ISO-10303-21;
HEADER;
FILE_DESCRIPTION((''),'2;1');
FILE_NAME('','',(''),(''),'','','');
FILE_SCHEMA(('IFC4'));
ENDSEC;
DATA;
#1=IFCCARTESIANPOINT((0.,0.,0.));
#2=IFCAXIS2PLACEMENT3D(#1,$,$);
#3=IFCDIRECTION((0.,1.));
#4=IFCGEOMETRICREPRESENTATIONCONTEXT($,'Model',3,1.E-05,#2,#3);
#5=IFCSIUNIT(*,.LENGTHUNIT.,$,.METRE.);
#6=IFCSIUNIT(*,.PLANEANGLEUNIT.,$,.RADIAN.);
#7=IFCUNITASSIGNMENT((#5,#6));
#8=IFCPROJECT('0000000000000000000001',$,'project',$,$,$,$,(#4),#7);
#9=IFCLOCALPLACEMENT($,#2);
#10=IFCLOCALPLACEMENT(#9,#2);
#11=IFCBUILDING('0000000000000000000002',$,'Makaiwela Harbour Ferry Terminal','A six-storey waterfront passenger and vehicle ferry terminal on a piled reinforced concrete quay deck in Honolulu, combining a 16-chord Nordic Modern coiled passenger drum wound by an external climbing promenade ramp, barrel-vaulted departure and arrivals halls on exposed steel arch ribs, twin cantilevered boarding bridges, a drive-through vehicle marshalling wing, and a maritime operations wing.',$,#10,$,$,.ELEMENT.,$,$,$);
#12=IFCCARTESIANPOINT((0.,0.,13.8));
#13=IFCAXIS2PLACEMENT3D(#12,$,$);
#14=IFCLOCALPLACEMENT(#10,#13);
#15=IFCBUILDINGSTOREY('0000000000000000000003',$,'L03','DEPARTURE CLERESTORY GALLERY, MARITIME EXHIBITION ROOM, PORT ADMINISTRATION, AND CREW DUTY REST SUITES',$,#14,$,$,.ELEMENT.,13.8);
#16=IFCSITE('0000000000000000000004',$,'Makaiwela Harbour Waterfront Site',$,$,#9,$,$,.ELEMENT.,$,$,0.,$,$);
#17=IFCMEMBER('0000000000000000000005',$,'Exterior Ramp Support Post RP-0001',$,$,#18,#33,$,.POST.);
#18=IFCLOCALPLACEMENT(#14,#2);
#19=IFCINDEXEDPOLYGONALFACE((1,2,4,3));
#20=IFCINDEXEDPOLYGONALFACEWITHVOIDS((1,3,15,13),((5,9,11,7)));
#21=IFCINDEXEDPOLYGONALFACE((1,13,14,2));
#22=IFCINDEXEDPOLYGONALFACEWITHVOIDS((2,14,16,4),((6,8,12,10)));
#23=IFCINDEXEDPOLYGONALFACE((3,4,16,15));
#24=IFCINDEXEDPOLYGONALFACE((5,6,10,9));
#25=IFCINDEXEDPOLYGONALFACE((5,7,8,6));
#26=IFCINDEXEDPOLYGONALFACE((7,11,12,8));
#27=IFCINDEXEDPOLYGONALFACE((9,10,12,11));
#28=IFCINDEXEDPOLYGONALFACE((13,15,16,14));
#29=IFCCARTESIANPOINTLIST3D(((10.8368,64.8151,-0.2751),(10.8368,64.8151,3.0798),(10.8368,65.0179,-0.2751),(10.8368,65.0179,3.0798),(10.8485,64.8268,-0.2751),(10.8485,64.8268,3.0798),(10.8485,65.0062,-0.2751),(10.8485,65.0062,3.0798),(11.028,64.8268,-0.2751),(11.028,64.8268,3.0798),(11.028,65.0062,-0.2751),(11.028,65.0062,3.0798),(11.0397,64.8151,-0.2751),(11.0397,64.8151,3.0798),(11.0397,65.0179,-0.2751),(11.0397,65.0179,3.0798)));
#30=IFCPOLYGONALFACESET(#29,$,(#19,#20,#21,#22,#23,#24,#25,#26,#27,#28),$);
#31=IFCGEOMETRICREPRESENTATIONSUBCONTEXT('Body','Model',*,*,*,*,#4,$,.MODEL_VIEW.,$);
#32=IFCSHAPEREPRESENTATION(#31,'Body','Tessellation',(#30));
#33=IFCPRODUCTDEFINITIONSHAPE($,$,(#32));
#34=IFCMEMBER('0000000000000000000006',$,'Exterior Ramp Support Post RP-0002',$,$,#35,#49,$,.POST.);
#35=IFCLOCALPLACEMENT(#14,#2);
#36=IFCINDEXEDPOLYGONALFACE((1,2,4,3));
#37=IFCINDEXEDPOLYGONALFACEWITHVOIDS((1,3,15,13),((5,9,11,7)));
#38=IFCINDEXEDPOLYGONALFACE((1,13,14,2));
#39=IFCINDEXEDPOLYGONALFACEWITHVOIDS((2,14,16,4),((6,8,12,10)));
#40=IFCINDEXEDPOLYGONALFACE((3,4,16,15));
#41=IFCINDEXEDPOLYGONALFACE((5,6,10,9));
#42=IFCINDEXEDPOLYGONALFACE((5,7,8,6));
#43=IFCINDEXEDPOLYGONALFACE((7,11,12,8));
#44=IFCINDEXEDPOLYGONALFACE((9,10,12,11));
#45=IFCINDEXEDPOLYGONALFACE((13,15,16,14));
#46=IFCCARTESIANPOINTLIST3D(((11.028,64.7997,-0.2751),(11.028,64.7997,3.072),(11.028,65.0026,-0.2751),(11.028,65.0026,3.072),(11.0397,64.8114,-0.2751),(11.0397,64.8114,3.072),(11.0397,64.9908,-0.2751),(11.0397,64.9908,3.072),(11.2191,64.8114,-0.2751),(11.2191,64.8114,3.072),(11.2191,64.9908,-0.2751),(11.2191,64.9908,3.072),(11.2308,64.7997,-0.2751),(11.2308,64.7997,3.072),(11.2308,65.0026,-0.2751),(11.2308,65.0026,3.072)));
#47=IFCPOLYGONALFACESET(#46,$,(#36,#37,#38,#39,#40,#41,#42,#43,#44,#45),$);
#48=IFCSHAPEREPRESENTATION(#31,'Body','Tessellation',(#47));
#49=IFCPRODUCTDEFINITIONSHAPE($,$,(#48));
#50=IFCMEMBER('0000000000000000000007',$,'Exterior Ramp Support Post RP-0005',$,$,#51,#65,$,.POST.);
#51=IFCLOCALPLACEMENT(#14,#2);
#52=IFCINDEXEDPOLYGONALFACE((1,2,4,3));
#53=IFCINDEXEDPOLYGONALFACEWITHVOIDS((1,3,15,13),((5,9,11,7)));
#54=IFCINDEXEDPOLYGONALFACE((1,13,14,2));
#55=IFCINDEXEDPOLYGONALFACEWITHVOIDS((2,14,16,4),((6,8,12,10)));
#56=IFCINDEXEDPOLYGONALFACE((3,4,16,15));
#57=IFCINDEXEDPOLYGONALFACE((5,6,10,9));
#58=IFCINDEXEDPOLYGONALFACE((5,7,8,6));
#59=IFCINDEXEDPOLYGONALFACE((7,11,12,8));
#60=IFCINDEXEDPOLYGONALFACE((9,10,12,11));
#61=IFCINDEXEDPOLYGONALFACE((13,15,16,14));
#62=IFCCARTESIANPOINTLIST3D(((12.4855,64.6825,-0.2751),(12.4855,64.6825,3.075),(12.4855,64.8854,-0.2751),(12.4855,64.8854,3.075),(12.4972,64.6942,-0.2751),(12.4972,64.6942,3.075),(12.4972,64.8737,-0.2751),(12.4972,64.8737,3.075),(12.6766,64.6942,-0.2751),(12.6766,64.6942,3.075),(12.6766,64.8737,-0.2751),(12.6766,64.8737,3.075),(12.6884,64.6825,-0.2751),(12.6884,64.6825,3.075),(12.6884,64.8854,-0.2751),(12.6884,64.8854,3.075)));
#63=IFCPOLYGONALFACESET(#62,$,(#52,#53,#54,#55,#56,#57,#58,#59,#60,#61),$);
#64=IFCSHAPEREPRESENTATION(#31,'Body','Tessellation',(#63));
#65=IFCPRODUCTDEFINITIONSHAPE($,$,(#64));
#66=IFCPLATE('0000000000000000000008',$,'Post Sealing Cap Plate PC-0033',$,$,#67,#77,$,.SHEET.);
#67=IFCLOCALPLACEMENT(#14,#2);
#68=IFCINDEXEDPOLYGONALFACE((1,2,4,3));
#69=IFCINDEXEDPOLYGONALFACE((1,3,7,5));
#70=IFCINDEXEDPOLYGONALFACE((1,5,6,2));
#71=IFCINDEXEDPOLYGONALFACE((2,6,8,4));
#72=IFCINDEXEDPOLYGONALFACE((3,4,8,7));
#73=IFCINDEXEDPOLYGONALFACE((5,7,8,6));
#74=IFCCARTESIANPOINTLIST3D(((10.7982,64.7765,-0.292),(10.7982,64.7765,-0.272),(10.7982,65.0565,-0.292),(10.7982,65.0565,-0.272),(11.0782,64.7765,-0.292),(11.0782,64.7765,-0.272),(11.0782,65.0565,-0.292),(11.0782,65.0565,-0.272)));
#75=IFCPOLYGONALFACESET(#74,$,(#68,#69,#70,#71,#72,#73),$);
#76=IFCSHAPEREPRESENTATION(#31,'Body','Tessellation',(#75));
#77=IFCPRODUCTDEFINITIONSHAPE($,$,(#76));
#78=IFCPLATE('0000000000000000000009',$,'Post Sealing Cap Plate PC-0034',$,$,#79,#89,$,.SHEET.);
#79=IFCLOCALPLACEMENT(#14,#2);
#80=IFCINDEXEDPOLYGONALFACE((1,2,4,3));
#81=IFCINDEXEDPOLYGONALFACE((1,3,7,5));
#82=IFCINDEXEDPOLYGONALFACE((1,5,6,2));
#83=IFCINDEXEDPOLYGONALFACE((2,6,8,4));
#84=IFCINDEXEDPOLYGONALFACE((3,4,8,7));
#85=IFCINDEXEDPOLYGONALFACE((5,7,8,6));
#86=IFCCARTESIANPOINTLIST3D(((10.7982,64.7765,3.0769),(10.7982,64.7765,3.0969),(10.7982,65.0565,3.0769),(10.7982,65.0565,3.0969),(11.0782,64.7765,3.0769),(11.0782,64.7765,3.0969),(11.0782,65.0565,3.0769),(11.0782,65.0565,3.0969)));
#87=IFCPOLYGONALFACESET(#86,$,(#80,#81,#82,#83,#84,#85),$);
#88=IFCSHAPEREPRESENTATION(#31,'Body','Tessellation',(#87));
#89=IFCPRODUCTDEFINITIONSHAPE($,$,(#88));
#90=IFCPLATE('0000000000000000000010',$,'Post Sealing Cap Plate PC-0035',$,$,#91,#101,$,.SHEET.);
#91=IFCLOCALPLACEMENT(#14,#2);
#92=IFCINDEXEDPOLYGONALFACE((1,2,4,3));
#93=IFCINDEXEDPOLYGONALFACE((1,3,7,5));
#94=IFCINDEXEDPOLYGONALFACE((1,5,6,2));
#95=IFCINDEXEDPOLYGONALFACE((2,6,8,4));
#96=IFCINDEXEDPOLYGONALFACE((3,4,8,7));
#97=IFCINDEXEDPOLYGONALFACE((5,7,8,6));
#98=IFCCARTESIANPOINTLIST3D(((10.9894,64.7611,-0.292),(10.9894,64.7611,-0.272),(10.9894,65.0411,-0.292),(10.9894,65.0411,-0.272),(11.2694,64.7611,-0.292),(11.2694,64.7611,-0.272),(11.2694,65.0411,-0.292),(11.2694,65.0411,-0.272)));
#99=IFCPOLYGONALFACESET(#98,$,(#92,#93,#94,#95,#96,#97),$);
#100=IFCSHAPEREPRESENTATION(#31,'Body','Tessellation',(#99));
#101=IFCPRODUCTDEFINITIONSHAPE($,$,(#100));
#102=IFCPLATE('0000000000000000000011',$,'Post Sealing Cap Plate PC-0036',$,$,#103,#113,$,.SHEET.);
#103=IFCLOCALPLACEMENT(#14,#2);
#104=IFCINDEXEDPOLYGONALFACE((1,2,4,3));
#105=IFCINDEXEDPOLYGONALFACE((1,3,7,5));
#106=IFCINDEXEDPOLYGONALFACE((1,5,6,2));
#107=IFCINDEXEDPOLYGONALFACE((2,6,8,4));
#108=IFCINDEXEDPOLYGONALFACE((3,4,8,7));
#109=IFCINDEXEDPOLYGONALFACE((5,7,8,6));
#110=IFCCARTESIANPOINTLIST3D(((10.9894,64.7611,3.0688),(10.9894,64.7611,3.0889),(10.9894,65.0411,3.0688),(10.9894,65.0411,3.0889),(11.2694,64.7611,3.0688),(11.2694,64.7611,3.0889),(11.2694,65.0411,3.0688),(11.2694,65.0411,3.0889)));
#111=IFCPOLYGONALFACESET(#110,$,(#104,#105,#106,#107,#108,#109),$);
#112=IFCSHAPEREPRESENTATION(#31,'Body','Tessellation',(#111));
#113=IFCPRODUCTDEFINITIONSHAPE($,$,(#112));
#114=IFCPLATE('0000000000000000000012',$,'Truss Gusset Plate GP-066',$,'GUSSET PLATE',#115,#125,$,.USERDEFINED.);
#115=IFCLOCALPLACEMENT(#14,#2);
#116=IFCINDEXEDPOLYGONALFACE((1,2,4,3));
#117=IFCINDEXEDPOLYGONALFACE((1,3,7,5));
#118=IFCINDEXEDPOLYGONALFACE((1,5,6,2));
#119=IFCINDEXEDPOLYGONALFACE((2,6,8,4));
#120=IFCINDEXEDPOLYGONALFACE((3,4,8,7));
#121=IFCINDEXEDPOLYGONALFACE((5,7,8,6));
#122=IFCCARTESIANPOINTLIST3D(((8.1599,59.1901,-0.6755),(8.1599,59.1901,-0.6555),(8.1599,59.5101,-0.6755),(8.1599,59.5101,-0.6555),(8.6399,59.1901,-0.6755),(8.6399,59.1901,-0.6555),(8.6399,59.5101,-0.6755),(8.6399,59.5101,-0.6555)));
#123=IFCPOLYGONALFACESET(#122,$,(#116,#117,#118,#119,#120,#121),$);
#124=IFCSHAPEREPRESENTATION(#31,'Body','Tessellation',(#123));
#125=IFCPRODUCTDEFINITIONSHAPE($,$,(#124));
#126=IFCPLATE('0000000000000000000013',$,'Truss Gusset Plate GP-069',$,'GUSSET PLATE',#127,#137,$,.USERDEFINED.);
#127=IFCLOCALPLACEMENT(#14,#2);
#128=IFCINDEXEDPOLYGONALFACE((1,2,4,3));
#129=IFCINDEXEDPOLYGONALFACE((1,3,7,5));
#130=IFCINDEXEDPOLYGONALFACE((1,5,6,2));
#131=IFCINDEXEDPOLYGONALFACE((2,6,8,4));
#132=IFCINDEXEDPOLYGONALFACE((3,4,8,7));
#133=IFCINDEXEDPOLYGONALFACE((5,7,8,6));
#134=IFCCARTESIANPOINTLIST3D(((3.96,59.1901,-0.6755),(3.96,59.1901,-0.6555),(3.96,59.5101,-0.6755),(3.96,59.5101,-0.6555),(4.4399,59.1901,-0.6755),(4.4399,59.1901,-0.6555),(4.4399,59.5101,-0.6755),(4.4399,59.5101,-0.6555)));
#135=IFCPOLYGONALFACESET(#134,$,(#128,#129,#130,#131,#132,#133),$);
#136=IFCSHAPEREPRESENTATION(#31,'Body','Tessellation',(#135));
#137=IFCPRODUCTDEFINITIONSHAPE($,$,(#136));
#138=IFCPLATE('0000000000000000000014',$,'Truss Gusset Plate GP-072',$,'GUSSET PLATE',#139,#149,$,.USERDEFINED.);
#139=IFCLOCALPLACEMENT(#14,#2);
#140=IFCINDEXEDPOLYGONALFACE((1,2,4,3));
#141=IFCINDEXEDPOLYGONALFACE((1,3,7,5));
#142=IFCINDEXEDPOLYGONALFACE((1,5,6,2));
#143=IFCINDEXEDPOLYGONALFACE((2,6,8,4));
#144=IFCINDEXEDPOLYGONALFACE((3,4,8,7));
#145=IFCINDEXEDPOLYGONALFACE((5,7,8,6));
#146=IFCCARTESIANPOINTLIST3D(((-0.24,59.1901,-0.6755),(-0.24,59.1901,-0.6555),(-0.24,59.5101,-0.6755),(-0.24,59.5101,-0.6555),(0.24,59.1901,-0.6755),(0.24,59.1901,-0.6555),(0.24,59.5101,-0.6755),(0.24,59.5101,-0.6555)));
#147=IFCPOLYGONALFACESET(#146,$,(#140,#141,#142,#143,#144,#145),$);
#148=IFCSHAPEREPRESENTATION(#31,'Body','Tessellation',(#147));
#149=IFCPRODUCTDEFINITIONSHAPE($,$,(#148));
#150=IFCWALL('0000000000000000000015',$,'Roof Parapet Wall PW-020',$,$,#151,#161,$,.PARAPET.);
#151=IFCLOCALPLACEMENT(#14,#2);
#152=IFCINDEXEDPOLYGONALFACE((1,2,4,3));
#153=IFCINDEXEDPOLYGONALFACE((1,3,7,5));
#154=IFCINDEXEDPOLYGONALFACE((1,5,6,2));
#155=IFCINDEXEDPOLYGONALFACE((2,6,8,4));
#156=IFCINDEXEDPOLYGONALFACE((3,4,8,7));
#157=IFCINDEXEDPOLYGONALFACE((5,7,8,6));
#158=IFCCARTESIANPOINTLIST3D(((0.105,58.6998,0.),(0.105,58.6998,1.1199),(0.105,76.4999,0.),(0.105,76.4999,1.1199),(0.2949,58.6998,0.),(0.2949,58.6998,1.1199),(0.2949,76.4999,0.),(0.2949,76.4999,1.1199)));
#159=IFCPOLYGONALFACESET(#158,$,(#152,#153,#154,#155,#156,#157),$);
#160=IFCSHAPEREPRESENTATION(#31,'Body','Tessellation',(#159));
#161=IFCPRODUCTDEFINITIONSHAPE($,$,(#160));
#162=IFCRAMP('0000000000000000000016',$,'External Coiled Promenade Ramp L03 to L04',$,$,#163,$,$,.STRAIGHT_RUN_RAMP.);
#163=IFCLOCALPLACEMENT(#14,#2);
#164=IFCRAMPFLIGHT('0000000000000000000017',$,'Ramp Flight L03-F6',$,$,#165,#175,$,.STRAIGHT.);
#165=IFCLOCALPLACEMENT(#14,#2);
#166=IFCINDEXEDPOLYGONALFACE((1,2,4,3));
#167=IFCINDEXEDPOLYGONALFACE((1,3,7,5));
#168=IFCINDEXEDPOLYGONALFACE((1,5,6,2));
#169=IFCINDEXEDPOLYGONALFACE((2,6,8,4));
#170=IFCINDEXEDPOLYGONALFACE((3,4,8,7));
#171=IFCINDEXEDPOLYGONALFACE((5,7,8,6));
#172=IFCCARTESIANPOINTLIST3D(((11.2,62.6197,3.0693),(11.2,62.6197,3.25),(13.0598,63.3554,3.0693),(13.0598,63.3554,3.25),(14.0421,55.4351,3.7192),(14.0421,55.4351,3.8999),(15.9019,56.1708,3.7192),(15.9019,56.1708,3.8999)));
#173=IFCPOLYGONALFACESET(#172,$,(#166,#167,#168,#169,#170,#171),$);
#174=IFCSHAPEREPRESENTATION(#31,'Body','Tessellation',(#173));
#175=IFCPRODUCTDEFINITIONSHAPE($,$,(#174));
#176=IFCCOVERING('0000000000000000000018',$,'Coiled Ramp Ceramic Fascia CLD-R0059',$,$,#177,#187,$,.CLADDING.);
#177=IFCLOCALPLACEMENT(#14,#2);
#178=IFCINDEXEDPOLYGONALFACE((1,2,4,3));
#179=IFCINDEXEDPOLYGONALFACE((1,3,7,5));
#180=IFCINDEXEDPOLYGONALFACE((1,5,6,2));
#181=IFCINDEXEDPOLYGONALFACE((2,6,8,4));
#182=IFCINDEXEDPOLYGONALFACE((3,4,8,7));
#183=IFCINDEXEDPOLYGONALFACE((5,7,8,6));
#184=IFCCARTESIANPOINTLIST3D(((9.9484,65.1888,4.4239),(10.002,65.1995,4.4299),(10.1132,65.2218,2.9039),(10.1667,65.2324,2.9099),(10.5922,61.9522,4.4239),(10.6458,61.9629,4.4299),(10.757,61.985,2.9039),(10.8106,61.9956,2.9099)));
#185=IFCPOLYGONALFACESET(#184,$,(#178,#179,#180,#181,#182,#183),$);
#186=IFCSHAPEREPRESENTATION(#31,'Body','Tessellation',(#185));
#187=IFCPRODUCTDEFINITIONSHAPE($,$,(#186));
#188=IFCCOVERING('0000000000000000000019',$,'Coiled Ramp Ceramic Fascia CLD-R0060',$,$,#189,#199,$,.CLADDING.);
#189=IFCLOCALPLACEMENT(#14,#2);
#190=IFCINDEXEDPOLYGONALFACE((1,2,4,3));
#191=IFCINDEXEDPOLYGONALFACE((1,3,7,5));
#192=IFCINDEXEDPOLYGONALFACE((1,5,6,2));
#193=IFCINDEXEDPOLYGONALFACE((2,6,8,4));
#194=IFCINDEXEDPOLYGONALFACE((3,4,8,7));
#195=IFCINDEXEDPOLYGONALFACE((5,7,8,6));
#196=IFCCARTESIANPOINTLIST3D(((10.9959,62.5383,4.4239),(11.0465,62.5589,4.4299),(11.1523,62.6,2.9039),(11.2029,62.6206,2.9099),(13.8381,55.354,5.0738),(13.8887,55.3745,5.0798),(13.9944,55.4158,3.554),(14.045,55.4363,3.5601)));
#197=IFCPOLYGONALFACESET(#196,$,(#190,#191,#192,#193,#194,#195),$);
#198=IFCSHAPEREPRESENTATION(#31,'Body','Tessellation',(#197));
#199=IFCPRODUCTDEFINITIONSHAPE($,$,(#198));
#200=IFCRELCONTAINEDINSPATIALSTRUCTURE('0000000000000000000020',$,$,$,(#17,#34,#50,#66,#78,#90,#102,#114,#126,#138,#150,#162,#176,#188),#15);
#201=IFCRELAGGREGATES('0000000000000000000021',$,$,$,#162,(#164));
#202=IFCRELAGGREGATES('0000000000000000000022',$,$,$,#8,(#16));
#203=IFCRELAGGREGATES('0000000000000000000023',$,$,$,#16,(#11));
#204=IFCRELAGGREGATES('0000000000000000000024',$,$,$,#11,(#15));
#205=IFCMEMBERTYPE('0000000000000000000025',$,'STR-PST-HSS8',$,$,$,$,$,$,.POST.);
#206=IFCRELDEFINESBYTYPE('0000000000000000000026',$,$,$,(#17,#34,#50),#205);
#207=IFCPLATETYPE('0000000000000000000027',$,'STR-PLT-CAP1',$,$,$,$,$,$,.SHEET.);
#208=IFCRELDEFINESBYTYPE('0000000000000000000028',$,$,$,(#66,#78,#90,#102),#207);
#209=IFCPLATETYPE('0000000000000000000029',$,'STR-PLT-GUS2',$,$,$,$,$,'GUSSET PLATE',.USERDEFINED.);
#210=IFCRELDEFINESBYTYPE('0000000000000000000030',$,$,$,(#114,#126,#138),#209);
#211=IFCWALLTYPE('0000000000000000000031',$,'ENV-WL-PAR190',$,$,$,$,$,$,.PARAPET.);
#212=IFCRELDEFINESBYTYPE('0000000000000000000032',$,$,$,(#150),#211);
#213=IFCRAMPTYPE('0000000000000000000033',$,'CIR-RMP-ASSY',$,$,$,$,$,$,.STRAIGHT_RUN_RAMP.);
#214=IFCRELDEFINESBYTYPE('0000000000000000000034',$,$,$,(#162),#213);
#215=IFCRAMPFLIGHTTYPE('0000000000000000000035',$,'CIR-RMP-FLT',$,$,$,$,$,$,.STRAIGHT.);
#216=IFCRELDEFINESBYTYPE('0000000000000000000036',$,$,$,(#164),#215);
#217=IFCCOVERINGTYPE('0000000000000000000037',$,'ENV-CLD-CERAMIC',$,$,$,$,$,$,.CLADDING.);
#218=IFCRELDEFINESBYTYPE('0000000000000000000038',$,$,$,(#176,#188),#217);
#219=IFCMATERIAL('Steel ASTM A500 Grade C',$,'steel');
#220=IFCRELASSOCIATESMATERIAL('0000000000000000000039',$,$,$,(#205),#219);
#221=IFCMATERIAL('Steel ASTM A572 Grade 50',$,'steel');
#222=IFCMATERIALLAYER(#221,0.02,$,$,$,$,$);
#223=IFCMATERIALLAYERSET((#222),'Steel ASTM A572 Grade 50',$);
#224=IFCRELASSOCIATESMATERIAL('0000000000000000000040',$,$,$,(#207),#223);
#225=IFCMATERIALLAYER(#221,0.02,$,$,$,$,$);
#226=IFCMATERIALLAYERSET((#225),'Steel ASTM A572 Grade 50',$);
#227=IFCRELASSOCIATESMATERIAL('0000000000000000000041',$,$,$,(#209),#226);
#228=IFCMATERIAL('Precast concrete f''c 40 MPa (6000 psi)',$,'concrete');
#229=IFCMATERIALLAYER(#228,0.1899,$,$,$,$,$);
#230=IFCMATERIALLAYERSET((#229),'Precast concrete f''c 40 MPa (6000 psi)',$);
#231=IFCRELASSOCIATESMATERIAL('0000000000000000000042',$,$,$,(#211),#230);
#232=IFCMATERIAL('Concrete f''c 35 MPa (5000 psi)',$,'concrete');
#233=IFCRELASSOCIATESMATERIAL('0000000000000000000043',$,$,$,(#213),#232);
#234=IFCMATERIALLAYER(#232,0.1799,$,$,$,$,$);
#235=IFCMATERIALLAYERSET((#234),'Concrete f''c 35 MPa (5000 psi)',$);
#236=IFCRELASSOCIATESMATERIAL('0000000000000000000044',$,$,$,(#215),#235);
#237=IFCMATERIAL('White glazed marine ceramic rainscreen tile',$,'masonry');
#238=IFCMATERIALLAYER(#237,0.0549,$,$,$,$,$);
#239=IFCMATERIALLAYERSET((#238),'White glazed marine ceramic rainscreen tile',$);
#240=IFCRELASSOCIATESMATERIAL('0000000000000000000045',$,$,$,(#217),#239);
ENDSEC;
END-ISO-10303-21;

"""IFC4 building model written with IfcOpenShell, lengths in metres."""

from ifc_helpers import new_model, si_unit, direction, frame, frame_2d, origin, origin_2d, place, context, subcontext, project, spatial, polyline, rectangle, hollow_rectangle, outline, extrude, material, layer, layer_set, material_profile, profile_set, type_object, element, aggregate, save


model = new_model("IFC4")

# Units and contexts
model_context = context("Model", 3, precision=1e-05, world=origin(), true_north=direction((0.0, 1.0)))
body_context = subcontext(model_context, "Body", "Model", "MODEL_VIEW")
ifc_project = project(units=[si_unit("LENGTHUNIT", "METRE"), si_unit("PLANEANGLEUNIT", "RADIAN")], contexts=[model_context])

# Site, building, storey
site_placement = place(None, origin())
site = spatial("IfcSite", under=ifc_project, at=site_placement, Name="Makaiwela Harbour Waterfront Site", CompositionType="ELEMENT", RefElevation=0.0)
building_placement = place(site_placement, origin())
building = spatial("IfcBuilding", under=site, at=building_placement, Name="Makaiwela Harbour Ferry Terminal", Description="A six-storey waterfront passenger and vehicle ferry terminal on a piled reinforced concrete quay deck in Honolulu, combining a 16-chord Nordic Modern coiled passenger drum wound by an external climbing promenade ramp, barrel-vaulted departure and arrivals halls on exposed steel arch ribs, twin cantilevered boarding bridges, a drive-through vehicle marshalling wing, and a maritime operations wing.", CompositionType="ELEMENT")
storey_placement = place(building_placement, frame((0.0, 0.0, 13.8)))
storey = spatial("IfcBuildingStorey", under=building, at=storey_placement, Name="L03", Description="DEPARTURE CLERESTORY GALLERY, MARITIME EXHIBITION ROOM, PORT ADMINISTRATION, AND CREW DUTY REST SUITES", CompositionType="ELEMENT", Elevation=13.8)

# Members
ifc_material_1 = material(Name="Steel ASTM A500 Grade C", Category="steel")
ifc_material_profile_1 = material_profile(ifc_material_1, hollow_rectangle(XDim=0.2029, YDim=0.2029, WallThickness=0.0117, at=origin_2d()), Name="HSS8X8X1/2")
ifc_profile_set_1 = profile_set([ifc_material_profile_1], Name="Steel ASTM A500 Grade C")
member_type = type_object("IfcMemberType", Name="STR-PST-HSS8", PredefinedType="POST", material=ifc_profile_set_1)
member_1_placement = place(storey_placement, frame((10.9382, 64.9165, -0.2751), z_axis=(0.0, 0.0, 1.0), x_axis=(1.0, 0.0, 0.0)))
element("IfcMember", 1, at=member_1_placement, inside=storey, type_object=member_type, Name="Exterior Ramp Support Post RP-0001", PredefinedType="POST", context=body_context, shape_type="SweptSolid", body=[
    extrude(hollow_rectangle(XDim=0.2029, YDim=0.2029, WallThickness=0.0117, at=origin_2d()), origin(), (0.0, 0.0, 1.0), 3.355),
])
member_2_placement = place(storey_placement, frame((11.1294, 64.9011, -0.2751), z_axis=(0.0, 0.0, 1.0), x_axis=(1.0, 0.0, 0.0)))
element("IfcMember", 2, at=member_2_placement, inside=storey, type_object=member_type, Name="Exterior Ramp Support Post RP-0002", PredefinedType="POST", context=body_context, shape_type="SweptSolid", body=[
    extrude(hollow_rectangle(XDim=0.2029, YDim=0.2029, WallThickness=0.0117, at=origin_2d()), origin(), (0.0, 0.0, 1.0), 3.3472),
])
member_3_placement = place(storey_placement, frame((12.5869, 64.7839, -0.2751), z_axis=(0.0, 0.0, 1.0), x_axis=(1.0, 0.0, 0.0)))
element("IfcMember", 3, at=member_3_placement, inside=storey, type_object=member_type, Name="Exterior Ramp Support Post RP-0005", PredefinedType="POST", context=body_context, shape_type="SweptSolid", body=[
    extrude(hollow_rectangle(XDim=0.2029, YDim=0.2029, WallThickness=0.0117, at=origin_2d()), origin(), (0.0, 0.0, 1.0), 3.3501),
])

# Plates
ifc_material_2 = material(Name="Steel ASTM A572 Grade 50", Category="steel")
ifc_layer_1 = layer(ifc_material_2, 0.02)
ifc_layer_set_1 = layer_set([ifc_layer_1], Name="Steel ASTM A572 Grade 50")
plate_type_1 = type_object("IfcPlateType", Name="STR-PLT-CAP1", PredefinedType="SHEET", material=ifc_layer_set_1)
for number, where, z_axis, x_axis, name in (
    (4, (10.9382, 64.9165, -0.292), (0.0, 0.0, 1.0), (1.0, 0.0, 0.0), "Post Sealing Cap Plate PC-0033"),
    (5, (10.9382, 64.9165, 3.0769), (0.0, 0.0, 1.0), (1.0, 0.0, 0.0), "Post Sealing Cap Plate PC-0034"),
    (6, (11.1294, 64.9011, -0.292), (0.0, 0.0, 1.0), (1.0, 0.0, 0.0), "Post Sealing Cap Plate PC-0035"),
    (7, (11.1294, 64.9011, 3.0688), (0.0, 0.0, 1.0), (1.0, 0.0, 0.0), "Post Sealing Cap Plate PC-0036"),
):
    element("IfcPlate", number, at=place(storey_placement, frame(where, z_axis=z_axis, x_axis=x_axis)), inside=storey, type_object=plate_type_1, Name=name, PredefinedType="SHEET", context=body_context, shape_type="SweptSolid", body=[
        extrude(rectangle(XDim=0.28, YDim=0.28, at=origin_2d()), origin(), (0.0, 0.0, 1.0), 0.02),
    ])
ifc_layer_2 = layer(ifc_material_2, 0.02)
ifc_layer_set_2 = layer_set([ifc_layer_2], Name="Steel ASTM A572 Grade 50")
plate_type_2 = type_object("IfcPlateType", Name="STR-PLT-GUS2", ElementType="GUSSET PLATE", PredefinedType="USERDEFINED", material=ifc_layer_set_2)
for number, where, z_axis, x_axis, name in (
    (8, (8.3999, 59.3501, -0.6755), (0.0, 0.0, 1.0), (1.0, 0.0, 0.0), "Truss Gusset Plate GP-066"),
    (9, (4.2, 59.3501, -0.6755), (0.0, 0.0, 1.0), (1.0, 0.0, 0.0), "Truss Gusset Plate GP-069"),
    (10, (0.0, 59.3501, -0.6755), (0.0, 0.0, 1.0), (1.0, 0.0, 0.0), "Truss Gusset Plate GP-072"),
):
    element("IfcPlate", number, at=place(storey_placement, frame(where, z_axis=z_axis, x_axis=x_axis)), inside=storey, type_object=plate_type_2, Name=name, ObjectType="GUSSET PLATE", PredefinedType="USERDEFINED", context=body_context, shape_type="SweptSolid", body=[
        extrude(rectangle(XDim=0.48, YDim=0.3201, at=origin_2d()), origin(), (0.0, 0.0, 1.0), 0.02),
    ])

# Wall
ifc_material_3 = material(Name="Precast concrete f'c 40 MPa (6000 psi)", Category="concrete")
ifc_layer_3 = layer(ifc_material_3, 0.1899)
ifc_layer_set_3 = layer_set([ifc_layer_3], Name="Precast concrete f'c 40 MPa (6000 psi)")
wall_type = type_object("IfcWallType", Name="ENV-WL-PAR190", PredefinedType="PARAPET", material=ifc_layer_set_3)
wall_placement = place(storey_placement, frame((0.2, 58.7, 0.0), z_axis=(0.0, 0.0, 1.0), x_axis=(0.0, 1.0, 0.0)))
element("IfcWall", 11, at=wall_placement, inside=storey, type_object=wall_type, Name="Roof Parapet Wall PW-020", PredefinedType="PARAPET", context=body_context, shape_type="SweptSolid", body=[
    extrude(rectangle(XDim=17.8, YDim=0.1899, at=frame_2d((8.8999, 0.0))), origin(), (0.0, 0.0, 1.0), 1.1199),
])

# Ramp, ramp flight
ifc_material_4 = material(Name="Concrete f'c 35 MPa (5000 psi)", Category="concrete")
ramp_type = type_object("IfcRampType", Name="CIR-RMP-ASSY", PredefinedType="STRAIGHT_RUN_RAMP", material=ifc_material_4)
ramp_placement = place(storey_placement, origin())
ramp = element("IfcRamp", 12, at=ramp_placement, inside=storey, type_object=ramp_type, Name="External Coiled Promenade Ramp L03 to L04", PredefinedType="STRAIGHT_RUN_RAMP")
ifc_layer_4 = layer(ifc_material_4, 0.1799)
ifc_layer_set_4 = layer_set([ifc_layer_4], Name="Concrete f'c 35 MPa (5000 psi)")
ramp_flight_type = type_object("IfcRampFlightType", Name="CIR-RMP-FLT", PredefinedType="STRAIGHT", material=ifc_layer_set_4)
ramp_flight_placement = place(storey_placement, frame((12.1299, 62.9875, 3.25), z_axis=(0.0, 0.0, 1.0), x_axis=(0.367849, -0.929886, 0.0)))
ramp_flight = element("IfcRampFlight", 13, at=ramp_flight_placement, type_object=ramp_flight_type, Name="Ramp Flight L03-F6", PredefinedType="STRAIGHT", context=body_context, shape_type="SweptSolid", body=[
    extrude(outline(polyline([(0.0, 0.0), (7.7263, 0.6499), (7.7263, 0.4692), (0.0, -0.1807), (0.0, 0.0)])), frame((0.0, 1.0, 0.0), z_axis=(0.0, -1.0, 0.0), x_axis=(1.0, 0.0, 0.0)), (0.0, 0.0, 1.0), 2.0),
])
aggregate(ramp, [ramp_flight])

# Coverings
ifc_material_5 = material(Name="White glazed marine ceramic rainscreen tile", Category="masonry")
ifc_layer_5 = layer(ifc_material_5, 0.0549)
ifc_layer_set_5 = layer_set([ifc_layer_5], Name="White glazed marine ceramic rainscreen tile")
covering_type = type_object("IfcCoveringType", Name="ENV-CLD-CERAMIC", PredefinedType="CLADDING", material=ifc_layer_set_5)
covering_1_placement = place(storey_placement, frame((10.1667, 65.2324, 2.9099), z_axis=(0.974848, 0.193903, 0.109878), x_axis=(0.195084, -0.980786, 0.000001)))
element("IfcCovering", 14, at=covering_1_placement, inside=storey, type_object=covering_type, Name="Coiled Ramp Ceramic Fascia CLD-R0059", PredefinedType="CLADDING", context=body_context, shape_type="SweptSolid", body=[
    extrude(outline(polyline([(0.0, 0.0), (3.3002, 0.0), (3.3002, -1.5293), (0.0002, -1.5293), (0.0, 0.0)])), origin(), (0.0, 0.0, -1.0), 0.0549),
])
covering_2_placement = place(storey_placement, frame((11.2029, 62.6206, 2.9099), z_axis=(0.920799, 0.374221, 0.109943), x_axis=(0.366568, -0.926605, 0.083855)))
element("IfcCovering", 15, at=covering_2_placement, inside=storey, type_object=covering_type, Name="Coiled Ramp Ceramic Fascia CLD-R0060", PredefinedType="CLADDING", context=body_context, shape_type="SweptSolid", body=[
    extrude(outline(polyline([(0.0, 0.0), (7.7533, 0.0), (7.8807, -1.5237), (0.1273, -1.524), (0.0, 0.0)])), origin(), (0.0, 0.0, -1.0), 0.0549),
])

save(model, "model.ifc")
